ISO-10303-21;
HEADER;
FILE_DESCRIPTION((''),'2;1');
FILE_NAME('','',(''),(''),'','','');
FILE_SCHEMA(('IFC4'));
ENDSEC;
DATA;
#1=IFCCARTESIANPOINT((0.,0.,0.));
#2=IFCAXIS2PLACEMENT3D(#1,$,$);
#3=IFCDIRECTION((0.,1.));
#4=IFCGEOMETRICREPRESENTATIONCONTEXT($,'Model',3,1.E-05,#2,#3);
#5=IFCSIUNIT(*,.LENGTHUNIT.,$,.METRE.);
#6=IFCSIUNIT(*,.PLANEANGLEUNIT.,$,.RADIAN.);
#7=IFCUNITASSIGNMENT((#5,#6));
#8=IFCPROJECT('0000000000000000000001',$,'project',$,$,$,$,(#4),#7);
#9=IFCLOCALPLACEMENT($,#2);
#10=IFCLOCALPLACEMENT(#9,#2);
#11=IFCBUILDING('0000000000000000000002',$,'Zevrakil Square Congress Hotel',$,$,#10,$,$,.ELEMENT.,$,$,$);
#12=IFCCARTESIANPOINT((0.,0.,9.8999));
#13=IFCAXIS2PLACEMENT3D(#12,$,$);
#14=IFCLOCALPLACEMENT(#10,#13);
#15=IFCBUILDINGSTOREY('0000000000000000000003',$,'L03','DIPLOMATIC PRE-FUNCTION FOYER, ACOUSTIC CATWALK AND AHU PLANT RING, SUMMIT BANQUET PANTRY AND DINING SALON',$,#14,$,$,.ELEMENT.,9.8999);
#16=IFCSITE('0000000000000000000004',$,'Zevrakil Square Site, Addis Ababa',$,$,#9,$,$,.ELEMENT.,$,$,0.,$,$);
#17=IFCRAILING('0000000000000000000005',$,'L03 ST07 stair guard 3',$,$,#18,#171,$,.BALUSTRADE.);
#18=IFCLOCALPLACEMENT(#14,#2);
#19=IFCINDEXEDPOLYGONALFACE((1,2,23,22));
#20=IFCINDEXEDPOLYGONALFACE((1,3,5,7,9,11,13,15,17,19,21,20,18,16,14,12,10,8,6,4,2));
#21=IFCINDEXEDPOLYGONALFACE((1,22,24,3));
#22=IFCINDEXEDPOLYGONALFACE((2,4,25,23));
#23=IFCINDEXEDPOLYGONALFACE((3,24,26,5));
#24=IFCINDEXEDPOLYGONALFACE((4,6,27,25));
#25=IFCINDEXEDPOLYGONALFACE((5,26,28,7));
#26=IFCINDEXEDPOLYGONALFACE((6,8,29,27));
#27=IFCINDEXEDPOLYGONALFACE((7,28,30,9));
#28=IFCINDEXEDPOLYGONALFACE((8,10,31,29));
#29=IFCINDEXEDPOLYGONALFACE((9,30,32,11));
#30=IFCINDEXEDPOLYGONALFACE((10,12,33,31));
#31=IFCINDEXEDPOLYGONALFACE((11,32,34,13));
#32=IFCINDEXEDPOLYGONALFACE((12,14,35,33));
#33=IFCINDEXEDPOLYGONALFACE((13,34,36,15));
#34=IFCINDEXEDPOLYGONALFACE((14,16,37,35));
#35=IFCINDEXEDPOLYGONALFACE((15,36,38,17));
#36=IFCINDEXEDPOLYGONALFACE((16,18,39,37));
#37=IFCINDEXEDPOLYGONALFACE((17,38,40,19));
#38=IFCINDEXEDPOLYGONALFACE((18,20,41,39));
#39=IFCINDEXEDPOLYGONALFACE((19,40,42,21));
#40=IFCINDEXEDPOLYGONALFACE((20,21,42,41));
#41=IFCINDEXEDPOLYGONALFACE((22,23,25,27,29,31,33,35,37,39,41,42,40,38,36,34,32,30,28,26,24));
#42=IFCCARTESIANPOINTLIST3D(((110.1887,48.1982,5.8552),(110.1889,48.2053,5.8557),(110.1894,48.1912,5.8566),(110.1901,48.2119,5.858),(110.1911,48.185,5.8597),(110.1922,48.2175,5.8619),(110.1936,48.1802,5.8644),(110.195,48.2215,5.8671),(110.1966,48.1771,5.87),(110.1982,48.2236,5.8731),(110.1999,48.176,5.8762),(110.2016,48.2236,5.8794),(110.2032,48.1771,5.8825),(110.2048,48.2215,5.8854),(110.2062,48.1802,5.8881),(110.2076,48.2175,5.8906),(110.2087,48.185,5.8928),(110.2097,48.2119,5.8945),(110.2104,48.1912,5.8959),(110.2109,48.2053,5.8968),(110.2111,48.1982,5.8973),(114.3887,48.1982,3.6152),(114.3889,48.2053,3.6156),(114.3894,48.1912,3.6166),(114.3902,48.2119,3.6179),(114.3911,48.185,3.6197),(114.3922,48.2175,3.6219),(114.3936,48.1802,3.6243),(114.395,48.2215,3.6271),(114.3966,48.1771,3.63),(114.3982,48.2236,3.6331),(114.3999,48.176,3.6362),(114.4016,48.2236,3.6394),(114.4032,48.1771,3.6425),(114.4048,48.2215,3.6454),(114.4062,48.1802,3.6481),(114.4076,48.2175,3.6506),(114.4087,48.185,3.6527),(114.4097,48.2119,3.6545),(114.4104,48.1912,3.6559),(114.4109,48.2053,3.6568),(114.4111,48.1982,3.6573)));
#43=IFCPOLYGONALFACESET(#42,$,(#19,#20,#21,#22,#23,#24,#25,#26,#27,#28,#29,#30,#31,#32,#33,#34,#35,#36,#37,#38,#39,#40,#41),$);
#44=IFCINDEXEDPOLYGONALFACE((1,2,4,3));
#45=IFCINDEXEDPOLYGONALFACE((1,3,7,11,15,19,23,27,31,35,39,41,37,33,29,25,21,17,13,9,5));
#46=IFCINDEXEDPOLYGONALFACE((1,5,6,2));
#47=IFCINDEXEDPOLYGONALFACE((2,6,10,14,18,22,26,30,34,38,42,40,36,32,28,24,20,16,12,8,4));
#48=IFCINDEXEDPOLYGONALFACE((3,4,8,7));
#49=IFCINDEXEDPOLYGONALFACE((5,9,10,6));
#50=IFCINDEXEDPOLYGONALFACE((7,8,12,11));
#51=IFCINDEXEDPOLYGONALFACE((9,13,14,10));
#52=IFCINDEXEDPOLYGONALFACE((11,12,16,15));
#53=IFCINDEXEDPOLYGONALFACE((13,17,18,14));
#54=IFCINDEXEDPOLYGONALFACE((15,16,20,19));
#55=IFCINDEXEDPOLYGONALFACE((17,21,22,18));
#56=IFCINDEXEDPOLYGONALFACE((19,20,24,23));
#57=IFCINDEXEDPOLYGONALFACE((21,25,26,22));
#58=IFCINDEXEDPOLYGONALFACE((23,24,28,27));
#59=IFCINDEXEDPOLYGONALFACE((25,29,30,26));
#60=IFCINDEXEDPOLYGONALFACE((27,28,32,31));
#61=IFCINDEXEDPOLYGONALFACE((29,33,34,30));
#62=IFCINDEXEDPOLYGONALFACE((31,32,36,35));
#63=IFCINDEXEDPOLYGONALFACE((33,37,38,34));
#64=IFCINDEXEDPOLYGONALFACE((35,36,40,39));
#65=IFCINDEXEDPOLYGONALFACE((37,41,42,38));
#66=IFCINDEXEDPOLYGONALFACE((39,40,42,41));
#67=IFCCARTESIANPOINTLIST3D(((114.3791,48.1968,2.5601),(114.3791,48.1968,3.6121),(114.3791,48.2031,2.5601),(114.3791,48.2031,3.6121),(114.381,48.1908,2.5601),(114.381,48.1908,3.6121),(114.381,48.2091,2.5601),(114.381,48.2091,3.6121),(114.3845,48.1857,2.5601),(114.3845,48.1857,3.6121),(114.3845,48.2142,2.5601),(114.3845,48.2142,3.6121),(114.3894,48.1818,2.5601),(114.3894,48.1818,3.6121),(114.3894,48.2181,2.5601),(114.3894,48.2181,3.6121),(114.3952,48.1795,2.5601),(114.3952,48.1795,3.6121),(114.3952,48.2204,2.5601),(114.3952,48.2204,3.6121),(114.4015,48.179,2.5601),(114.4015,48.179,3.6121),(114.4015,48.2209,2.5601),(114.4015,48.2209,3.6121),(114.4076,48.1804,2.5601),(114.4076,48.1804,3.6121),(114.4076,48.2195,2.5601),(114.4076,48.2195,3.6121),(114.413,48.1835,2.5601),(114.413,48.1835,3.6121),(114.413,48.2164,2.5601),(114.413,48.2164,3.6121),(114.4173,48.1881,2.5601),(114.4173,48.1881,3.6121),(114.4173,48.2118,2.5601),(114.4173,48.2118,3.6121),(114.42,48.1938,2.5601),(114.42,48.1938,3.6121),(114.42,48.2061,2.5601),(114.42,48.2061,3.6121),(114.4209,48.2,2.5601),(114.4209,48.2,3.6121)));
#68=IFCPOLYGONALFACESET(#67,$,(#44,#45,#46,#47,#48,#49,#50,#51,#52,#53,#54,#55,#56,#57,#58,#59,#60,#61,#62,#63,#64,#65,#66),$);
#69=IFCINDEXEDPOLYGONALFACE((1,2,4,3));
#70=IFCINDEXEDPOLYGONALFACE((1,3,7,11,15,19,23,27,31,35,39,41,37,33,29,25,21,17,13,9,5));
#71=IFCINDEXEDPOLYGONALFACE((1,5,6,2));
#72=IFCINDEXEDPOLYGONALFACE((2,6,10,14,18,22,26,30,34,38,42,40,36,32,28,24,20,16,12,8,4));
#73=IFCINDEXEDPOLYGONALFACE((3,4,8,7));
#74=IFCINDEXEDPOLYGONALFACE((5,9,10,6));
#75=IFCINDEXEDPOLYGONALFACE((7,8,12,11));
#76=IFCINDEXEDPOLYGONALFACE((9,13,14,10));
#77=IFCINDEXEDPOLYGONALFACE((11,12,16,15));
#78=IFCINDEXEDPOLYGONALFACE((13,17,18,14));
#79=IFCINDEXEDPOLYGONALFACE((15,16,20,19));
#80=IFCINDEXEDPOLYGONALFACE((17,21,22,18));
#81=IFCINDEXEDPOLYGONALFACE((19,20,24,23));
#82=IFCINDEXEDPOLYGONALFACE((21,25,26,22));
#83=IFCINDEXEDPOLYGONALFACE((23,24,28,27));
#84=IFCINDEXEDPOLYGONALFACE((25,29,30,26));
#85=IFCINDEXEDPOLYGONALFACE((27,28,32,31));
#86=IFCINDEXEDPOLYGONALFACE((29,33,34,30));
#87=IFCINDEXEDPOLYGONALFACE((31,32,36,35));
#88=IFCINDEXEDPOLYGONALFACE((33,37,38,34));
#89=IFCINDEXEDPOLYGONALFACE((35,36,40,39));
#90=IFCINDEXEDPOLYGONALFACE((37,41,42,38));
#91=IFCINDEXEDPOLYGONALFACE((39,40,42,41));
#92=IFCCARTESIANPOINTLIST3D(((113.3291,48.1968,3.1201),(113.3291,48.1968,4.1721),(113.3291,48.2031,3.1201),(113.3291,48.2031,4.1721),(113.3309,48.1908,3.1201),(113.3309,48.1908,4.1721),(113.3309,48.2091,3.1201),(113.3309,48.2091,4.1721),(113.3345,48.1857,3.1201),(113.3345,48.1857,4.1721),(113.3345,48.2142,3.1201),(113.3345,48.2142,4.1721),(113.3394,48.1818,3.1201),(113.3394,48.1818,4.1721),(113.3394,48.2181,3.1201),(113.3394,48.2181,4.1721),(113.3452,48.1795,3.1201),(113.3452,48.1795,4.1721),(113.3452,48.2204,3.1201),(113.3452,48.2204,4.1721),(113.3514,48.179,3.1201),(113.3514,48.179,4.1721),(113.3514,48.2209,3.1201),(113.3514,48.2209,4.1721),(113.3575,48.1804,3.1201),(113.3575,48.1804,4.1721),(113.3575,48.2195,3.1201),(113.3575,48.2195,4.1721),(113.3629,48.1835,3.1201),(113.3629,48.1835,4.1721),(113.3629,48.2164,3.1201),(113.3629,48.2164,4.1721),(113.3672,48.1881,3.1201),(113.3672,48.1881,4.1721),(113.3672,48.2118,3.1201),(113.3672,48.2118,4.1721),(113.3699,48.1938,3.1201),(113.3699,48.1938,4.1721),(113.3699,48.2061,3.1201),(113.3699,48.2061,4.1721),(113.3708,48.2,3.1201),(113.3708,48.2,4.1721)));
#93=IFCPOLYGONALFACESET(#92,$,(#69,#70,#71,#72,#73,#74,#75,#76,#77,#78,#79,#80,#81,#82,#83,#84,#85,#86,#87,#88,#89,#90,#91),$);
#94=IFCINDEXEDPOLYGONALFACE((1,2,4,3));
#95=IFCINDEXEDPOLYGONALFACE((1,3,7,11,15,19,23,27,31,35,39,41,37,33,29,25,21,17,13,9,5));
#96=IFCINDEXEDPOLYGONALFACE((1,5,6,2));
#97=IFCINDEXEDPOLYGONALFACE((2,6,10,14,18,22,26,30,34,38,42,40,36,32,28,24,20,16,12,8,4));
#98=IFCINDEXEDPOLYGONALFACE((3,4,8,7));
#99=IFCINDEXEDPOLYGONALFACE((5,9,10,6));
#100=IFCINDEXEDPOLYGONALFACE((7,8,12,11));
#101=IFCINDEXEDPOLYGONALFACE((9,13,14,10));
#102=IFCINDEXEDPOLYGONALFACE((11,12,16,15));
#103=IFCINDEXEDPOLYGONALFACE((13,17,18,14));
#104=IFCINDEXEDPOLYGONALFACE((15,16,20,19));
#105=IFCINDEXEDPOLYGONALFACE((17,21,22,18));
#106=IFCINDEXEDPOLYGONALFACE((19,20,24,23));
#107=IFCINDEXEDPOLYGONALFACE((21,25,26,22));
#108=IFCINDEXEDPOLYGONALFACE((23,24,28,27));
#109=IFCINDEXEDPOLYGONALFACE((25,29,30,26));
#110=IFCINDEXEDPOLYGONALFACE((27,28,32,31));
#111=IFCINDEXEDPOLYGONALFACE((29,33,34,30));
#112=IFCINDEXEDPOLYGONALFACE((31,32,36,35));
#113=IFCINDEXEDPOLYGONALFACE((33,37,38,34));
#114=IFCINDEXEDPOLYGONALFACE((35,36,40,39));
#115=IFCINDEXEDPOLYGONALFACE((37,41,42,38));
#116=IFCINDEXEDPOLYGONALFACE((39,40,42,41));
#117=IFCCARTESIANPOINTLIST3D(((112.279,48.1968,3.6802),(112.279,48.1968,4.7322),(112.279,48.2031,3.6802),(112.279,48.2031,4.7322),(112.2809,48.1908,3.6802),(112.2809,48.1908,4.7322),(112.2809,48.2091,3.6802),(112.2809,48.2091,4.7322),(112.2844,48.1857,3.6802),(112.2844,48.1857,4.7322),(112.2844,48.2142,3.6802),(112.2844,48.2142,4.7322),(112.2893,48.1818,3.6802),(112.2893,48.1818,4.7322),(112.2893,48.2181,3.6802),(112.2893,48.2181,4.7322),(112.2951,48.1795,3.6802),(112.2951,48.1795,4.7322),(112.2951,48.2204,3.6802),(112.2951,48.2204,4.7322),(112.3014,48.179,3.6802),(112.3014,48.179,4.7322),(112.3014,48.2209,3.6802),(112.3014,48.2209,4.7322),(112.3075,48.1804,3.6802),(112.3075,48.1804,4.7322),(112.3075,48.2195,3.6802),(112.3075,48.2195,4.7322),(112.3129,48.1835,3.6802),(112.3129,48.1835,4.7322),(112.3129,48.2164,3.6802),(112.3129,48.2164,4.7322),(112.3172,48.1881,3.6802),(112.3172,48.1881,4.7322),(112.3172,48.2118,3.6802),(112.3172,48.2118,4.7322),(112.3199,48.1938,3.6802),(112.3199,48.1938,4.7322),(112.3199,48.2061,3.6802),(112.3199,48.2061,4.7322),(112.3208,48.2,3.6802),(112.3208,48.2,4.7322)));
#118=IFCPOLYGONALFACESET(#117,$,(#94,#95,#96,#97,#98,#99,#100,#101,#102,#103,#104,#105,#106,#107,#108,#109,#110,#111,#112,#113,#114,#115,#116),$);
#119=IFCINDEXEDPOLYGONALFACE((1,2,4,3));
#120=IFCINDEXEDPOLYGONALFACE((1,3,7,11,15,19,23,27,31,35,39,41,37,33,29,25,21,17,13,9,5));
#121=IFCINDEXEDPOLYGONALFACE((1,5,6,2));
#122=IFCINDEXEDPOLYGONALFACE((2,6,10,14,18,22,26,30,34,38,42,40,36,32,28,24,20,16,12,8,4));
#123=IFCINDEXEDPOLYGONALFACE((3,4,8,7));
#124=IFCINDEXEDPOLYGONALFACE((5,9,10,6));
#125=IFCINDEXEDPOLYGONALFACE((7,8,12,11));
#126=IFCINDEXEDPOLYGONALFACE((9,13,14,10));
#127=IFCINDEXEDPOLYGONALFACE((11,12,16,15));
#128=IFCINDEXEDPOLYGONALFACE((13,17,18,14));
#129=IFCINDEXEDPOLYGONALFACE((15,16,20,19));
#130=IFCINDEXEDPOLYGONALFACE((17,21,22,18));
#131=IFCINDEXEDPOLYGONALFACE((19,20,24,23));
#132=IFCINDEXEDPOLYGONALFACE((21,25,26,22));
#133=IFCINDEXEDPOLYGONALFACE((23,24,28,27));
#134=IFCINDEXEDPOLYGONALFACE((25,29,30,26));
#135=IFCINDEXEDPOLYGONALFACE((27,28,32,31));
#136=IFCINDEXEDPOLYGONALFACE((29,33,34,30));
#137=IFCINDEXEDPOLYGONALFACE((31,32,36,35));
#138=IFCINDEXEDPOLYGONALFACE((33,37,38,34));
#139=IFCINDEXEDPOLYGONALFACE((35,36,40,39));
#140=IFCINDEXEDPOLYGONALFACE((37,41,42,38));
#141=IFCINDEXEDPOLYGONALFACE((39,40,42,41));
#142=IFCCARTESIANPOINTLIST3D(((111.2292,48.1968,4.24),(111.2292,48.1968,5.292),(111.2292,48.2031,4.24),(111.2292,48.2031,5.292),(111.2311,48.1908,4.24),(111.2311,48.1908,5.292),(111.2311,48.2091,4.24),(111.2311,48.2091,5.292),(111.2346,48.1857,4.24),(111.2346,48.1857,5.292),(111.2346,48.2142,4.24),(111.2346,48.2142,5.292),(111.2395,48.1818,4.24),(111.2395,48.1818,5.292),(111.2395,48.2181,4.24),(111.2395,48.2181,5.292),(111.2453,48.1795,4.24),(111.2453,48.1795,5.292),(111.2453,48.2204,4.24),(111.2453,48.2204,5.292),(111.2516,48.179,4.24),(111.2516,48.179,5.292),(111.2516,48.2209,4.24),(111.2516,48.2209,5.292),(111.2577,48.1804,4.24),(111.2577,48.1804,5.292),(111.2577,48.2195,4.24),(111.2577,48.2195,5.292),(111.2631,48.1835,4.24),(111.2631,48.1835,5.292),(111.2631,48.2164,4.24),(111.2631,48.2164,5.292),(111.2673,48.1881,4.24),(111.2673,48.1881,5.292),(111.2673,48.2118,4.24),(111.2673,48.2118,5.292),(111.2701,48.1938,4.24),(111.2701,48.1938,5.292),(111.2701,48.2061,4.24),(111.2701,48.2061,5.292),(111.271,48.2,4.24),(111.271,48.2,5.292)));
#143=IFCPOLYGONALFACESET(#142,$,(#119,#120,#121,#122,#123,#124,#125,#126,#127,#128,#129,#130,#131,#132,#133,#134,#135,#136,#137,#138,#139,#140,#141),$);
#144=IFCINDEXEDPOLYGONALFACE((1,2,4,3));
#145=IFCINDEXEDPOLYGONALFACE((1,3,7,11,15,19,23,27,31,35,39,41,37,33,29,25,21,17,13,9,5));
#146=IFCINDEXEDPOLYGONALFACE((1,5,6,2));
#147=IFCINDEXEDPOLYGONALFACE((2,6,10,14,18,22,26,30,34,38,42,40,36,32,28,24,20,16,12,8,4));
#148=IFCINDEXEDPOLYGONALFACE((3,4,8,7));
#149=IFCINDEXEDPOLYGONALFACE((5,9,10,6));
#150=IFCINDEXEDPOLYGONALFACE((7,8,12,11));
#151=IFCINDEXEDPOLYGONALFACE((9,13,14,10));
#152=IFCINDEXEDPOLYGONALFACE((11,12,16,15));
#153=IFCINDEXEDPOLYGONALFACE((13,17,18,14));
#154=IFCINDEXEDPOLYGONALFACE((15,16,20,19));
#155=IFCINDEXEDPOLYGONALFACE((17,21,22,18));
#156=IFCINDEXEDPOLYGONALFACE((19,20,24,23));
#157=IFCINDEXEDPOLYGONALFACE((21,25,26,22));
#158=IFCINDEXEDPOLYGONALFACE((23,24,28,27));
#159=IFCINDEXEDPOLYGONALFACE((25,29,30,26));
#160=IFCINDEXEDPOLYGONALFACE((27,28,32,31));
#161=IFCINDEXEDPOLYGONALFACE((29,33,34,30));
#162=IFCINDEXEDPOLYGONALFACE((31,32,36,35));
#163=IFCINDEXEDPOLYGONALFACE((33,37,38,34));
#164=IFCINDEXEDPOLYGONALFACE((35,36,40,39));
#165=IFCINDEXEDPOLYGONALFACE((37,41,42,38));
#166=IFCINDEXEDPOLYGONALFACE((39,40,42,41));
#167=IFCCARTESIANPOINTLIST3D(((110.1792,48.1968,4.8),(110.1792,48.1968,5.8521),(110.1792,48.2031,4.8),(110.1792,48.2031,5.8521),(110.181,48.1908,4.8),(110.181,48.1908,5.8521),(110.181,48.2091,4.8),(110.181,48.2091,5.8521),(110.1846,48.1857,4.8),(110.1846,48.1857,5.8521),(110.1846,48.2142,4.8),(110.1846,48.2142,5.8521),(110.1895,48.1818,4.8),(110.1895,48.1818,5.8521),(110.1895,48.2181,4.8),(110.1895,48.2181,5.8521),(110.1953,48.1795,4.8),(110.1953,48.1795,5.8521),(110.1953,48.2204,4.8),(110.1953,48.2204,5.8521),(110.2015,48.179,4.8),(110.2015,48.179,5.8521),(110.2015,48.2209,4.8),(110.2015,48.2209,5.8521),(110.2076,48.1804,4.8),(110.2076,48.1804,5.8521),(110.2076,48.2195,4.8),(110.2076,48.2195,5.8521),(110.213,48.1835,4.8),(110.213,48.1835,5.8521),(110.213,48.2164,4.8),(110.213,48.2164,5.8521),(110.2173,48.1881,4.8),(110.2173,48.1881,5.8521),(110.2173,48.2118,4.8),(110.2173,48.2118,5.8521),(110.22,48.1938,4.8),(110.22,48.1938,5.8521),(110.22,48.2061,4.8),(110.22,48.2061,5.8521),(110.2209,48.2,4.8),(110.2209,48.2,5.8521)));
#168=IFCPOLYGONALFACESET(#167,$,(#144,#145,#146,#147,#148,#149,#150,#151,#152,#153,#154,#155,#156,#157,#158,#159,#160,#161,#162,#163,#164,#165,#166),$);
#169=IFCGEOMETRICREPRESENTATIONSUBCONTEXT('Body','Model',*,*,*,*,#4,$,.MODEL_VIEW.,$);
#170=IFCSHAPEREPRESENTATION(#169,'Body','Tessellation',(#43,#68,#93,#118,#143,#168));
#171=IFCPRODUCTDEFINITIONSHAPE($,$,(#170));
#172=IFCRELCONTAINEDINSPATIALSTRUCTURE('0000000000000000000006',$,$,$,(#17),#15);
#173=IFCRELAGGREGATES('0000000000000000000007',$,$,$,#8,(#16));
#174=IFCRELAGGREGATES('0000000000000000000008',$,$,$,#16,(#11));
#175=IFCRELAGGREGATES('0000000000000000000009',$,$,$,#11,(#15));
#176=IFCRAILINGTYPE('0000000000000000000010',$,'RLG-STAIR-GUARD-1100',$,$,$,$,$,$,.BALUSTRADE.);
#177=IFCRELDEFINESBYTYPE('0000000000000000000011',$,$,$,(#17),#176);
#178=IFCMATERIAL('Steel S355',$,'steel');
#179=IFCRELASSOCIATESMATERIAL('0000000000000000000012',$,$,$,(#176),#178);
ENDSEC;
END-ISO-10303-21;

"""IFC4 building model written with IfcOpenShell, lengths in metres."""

from ifc_helpers import new_model, si_unit, direction, frame, origin, origin_2d, place, context, subcontext, project, spatial, circle, extrude, material, type_object, element, save


model = new_model("IFC4")

# Units and contexts
model_context = context("Model", 3, precision=1e-05, world=origin(), true_north=direction((0.0, 1.0)))
body_context = subcontext(model_context, "Body", "Model", "MODEL_VIEW")
ifc_project = project(units=[si_unit("LENGTHUNIT", "METRE"), si_unit("PLANEANGLEUNIT", "RADIAN")], contexts=[model_context])

# Site, building, storey
site_placement = place(None, origin())
site = spatial("IfcSite", under=ifc_project, at=site_placement, Name="Zevrakil Square Site, Addis Ababa", CompositionType="ELEMENT", RefElevation=0.0)
building_placement = place(site_placement, origin())
building = spatial("IfcBuilding", under=site, at=building_placement, Name="Zevrakil Square Congress Hotel", CompositionType="ELEMENT")
storey_placement = place(building_placement, frame((0.0, 0.0, 9.8999)))
storey = spatial("IfcBuildingStorey", under=building, at=storey_placement, Name="L03", Description="DIPLOMATIC PRE-FUNCTION FOYER, ACOUSTIC CATWALK AND AHU PLANT RING, SUMMIT BANQUET PANTRY AND DINING SALON", CompositionType="ELEMENT", Elevation=9.8999)

# Railing
ifc_material_1 = material(Name="Steel S355", Category="steel")
railing_type_1 = type_object("IfcRailingType", Name="RLG-STAIR-GUARD-1100", PredefinedType="BALUSTRADE", material=ifc_material_1)
railing_1_placement = place(storey_placement, frame((114.3999, 48.2, 2.5601)))
element("IfcRailing", 1, at=railing_1_placement, inside=storey, type_object=railing_type_1, Name="L03 ST07 stair guard 3", PredefinedType="BALUSTRADE", context=body_context, shape_type="SweptSolid", body=[
    extrude(circle(Radius=0.0239, at=origin_2d()), frame((0.0, 0.0, 1.0762), z_axis=(-0.882352, 0.0, 0.470591), x_axis=(0.0, -1.0, 0.0)), (0.0, 0.0, 1.0), 4.76),
    extrude(circle(Radius=0.021, at=origin_2d()), origin(), (0.0, 0.0, 1.0), 1.052),
    extrude(circle(Radius=0.021, at=origin_2d()), frame((-1.05, 0.0, 0.5601)), (0.0, 0.0, 1.0), 1.052),
    extrude(circle(Radius=0.021, at=origin_2d()), frame((-2.1001, 0.0, 1.1201)), (0.0, 0.0, 1.0), 1.052),
    extrude(circle(Radius=0.021, at=origin_2d()), frame((-3.1499, 0.0, 1.6799)), (0.0, 0.0, 1.0), 1.052),
    extrude(circle(Radius=0.021, at=origin_2d()), frame((-4.2, 0.0, 2.24)), (0.0, 0.0, 1.0), 1.052),
])

save(model, "model.ifc")
